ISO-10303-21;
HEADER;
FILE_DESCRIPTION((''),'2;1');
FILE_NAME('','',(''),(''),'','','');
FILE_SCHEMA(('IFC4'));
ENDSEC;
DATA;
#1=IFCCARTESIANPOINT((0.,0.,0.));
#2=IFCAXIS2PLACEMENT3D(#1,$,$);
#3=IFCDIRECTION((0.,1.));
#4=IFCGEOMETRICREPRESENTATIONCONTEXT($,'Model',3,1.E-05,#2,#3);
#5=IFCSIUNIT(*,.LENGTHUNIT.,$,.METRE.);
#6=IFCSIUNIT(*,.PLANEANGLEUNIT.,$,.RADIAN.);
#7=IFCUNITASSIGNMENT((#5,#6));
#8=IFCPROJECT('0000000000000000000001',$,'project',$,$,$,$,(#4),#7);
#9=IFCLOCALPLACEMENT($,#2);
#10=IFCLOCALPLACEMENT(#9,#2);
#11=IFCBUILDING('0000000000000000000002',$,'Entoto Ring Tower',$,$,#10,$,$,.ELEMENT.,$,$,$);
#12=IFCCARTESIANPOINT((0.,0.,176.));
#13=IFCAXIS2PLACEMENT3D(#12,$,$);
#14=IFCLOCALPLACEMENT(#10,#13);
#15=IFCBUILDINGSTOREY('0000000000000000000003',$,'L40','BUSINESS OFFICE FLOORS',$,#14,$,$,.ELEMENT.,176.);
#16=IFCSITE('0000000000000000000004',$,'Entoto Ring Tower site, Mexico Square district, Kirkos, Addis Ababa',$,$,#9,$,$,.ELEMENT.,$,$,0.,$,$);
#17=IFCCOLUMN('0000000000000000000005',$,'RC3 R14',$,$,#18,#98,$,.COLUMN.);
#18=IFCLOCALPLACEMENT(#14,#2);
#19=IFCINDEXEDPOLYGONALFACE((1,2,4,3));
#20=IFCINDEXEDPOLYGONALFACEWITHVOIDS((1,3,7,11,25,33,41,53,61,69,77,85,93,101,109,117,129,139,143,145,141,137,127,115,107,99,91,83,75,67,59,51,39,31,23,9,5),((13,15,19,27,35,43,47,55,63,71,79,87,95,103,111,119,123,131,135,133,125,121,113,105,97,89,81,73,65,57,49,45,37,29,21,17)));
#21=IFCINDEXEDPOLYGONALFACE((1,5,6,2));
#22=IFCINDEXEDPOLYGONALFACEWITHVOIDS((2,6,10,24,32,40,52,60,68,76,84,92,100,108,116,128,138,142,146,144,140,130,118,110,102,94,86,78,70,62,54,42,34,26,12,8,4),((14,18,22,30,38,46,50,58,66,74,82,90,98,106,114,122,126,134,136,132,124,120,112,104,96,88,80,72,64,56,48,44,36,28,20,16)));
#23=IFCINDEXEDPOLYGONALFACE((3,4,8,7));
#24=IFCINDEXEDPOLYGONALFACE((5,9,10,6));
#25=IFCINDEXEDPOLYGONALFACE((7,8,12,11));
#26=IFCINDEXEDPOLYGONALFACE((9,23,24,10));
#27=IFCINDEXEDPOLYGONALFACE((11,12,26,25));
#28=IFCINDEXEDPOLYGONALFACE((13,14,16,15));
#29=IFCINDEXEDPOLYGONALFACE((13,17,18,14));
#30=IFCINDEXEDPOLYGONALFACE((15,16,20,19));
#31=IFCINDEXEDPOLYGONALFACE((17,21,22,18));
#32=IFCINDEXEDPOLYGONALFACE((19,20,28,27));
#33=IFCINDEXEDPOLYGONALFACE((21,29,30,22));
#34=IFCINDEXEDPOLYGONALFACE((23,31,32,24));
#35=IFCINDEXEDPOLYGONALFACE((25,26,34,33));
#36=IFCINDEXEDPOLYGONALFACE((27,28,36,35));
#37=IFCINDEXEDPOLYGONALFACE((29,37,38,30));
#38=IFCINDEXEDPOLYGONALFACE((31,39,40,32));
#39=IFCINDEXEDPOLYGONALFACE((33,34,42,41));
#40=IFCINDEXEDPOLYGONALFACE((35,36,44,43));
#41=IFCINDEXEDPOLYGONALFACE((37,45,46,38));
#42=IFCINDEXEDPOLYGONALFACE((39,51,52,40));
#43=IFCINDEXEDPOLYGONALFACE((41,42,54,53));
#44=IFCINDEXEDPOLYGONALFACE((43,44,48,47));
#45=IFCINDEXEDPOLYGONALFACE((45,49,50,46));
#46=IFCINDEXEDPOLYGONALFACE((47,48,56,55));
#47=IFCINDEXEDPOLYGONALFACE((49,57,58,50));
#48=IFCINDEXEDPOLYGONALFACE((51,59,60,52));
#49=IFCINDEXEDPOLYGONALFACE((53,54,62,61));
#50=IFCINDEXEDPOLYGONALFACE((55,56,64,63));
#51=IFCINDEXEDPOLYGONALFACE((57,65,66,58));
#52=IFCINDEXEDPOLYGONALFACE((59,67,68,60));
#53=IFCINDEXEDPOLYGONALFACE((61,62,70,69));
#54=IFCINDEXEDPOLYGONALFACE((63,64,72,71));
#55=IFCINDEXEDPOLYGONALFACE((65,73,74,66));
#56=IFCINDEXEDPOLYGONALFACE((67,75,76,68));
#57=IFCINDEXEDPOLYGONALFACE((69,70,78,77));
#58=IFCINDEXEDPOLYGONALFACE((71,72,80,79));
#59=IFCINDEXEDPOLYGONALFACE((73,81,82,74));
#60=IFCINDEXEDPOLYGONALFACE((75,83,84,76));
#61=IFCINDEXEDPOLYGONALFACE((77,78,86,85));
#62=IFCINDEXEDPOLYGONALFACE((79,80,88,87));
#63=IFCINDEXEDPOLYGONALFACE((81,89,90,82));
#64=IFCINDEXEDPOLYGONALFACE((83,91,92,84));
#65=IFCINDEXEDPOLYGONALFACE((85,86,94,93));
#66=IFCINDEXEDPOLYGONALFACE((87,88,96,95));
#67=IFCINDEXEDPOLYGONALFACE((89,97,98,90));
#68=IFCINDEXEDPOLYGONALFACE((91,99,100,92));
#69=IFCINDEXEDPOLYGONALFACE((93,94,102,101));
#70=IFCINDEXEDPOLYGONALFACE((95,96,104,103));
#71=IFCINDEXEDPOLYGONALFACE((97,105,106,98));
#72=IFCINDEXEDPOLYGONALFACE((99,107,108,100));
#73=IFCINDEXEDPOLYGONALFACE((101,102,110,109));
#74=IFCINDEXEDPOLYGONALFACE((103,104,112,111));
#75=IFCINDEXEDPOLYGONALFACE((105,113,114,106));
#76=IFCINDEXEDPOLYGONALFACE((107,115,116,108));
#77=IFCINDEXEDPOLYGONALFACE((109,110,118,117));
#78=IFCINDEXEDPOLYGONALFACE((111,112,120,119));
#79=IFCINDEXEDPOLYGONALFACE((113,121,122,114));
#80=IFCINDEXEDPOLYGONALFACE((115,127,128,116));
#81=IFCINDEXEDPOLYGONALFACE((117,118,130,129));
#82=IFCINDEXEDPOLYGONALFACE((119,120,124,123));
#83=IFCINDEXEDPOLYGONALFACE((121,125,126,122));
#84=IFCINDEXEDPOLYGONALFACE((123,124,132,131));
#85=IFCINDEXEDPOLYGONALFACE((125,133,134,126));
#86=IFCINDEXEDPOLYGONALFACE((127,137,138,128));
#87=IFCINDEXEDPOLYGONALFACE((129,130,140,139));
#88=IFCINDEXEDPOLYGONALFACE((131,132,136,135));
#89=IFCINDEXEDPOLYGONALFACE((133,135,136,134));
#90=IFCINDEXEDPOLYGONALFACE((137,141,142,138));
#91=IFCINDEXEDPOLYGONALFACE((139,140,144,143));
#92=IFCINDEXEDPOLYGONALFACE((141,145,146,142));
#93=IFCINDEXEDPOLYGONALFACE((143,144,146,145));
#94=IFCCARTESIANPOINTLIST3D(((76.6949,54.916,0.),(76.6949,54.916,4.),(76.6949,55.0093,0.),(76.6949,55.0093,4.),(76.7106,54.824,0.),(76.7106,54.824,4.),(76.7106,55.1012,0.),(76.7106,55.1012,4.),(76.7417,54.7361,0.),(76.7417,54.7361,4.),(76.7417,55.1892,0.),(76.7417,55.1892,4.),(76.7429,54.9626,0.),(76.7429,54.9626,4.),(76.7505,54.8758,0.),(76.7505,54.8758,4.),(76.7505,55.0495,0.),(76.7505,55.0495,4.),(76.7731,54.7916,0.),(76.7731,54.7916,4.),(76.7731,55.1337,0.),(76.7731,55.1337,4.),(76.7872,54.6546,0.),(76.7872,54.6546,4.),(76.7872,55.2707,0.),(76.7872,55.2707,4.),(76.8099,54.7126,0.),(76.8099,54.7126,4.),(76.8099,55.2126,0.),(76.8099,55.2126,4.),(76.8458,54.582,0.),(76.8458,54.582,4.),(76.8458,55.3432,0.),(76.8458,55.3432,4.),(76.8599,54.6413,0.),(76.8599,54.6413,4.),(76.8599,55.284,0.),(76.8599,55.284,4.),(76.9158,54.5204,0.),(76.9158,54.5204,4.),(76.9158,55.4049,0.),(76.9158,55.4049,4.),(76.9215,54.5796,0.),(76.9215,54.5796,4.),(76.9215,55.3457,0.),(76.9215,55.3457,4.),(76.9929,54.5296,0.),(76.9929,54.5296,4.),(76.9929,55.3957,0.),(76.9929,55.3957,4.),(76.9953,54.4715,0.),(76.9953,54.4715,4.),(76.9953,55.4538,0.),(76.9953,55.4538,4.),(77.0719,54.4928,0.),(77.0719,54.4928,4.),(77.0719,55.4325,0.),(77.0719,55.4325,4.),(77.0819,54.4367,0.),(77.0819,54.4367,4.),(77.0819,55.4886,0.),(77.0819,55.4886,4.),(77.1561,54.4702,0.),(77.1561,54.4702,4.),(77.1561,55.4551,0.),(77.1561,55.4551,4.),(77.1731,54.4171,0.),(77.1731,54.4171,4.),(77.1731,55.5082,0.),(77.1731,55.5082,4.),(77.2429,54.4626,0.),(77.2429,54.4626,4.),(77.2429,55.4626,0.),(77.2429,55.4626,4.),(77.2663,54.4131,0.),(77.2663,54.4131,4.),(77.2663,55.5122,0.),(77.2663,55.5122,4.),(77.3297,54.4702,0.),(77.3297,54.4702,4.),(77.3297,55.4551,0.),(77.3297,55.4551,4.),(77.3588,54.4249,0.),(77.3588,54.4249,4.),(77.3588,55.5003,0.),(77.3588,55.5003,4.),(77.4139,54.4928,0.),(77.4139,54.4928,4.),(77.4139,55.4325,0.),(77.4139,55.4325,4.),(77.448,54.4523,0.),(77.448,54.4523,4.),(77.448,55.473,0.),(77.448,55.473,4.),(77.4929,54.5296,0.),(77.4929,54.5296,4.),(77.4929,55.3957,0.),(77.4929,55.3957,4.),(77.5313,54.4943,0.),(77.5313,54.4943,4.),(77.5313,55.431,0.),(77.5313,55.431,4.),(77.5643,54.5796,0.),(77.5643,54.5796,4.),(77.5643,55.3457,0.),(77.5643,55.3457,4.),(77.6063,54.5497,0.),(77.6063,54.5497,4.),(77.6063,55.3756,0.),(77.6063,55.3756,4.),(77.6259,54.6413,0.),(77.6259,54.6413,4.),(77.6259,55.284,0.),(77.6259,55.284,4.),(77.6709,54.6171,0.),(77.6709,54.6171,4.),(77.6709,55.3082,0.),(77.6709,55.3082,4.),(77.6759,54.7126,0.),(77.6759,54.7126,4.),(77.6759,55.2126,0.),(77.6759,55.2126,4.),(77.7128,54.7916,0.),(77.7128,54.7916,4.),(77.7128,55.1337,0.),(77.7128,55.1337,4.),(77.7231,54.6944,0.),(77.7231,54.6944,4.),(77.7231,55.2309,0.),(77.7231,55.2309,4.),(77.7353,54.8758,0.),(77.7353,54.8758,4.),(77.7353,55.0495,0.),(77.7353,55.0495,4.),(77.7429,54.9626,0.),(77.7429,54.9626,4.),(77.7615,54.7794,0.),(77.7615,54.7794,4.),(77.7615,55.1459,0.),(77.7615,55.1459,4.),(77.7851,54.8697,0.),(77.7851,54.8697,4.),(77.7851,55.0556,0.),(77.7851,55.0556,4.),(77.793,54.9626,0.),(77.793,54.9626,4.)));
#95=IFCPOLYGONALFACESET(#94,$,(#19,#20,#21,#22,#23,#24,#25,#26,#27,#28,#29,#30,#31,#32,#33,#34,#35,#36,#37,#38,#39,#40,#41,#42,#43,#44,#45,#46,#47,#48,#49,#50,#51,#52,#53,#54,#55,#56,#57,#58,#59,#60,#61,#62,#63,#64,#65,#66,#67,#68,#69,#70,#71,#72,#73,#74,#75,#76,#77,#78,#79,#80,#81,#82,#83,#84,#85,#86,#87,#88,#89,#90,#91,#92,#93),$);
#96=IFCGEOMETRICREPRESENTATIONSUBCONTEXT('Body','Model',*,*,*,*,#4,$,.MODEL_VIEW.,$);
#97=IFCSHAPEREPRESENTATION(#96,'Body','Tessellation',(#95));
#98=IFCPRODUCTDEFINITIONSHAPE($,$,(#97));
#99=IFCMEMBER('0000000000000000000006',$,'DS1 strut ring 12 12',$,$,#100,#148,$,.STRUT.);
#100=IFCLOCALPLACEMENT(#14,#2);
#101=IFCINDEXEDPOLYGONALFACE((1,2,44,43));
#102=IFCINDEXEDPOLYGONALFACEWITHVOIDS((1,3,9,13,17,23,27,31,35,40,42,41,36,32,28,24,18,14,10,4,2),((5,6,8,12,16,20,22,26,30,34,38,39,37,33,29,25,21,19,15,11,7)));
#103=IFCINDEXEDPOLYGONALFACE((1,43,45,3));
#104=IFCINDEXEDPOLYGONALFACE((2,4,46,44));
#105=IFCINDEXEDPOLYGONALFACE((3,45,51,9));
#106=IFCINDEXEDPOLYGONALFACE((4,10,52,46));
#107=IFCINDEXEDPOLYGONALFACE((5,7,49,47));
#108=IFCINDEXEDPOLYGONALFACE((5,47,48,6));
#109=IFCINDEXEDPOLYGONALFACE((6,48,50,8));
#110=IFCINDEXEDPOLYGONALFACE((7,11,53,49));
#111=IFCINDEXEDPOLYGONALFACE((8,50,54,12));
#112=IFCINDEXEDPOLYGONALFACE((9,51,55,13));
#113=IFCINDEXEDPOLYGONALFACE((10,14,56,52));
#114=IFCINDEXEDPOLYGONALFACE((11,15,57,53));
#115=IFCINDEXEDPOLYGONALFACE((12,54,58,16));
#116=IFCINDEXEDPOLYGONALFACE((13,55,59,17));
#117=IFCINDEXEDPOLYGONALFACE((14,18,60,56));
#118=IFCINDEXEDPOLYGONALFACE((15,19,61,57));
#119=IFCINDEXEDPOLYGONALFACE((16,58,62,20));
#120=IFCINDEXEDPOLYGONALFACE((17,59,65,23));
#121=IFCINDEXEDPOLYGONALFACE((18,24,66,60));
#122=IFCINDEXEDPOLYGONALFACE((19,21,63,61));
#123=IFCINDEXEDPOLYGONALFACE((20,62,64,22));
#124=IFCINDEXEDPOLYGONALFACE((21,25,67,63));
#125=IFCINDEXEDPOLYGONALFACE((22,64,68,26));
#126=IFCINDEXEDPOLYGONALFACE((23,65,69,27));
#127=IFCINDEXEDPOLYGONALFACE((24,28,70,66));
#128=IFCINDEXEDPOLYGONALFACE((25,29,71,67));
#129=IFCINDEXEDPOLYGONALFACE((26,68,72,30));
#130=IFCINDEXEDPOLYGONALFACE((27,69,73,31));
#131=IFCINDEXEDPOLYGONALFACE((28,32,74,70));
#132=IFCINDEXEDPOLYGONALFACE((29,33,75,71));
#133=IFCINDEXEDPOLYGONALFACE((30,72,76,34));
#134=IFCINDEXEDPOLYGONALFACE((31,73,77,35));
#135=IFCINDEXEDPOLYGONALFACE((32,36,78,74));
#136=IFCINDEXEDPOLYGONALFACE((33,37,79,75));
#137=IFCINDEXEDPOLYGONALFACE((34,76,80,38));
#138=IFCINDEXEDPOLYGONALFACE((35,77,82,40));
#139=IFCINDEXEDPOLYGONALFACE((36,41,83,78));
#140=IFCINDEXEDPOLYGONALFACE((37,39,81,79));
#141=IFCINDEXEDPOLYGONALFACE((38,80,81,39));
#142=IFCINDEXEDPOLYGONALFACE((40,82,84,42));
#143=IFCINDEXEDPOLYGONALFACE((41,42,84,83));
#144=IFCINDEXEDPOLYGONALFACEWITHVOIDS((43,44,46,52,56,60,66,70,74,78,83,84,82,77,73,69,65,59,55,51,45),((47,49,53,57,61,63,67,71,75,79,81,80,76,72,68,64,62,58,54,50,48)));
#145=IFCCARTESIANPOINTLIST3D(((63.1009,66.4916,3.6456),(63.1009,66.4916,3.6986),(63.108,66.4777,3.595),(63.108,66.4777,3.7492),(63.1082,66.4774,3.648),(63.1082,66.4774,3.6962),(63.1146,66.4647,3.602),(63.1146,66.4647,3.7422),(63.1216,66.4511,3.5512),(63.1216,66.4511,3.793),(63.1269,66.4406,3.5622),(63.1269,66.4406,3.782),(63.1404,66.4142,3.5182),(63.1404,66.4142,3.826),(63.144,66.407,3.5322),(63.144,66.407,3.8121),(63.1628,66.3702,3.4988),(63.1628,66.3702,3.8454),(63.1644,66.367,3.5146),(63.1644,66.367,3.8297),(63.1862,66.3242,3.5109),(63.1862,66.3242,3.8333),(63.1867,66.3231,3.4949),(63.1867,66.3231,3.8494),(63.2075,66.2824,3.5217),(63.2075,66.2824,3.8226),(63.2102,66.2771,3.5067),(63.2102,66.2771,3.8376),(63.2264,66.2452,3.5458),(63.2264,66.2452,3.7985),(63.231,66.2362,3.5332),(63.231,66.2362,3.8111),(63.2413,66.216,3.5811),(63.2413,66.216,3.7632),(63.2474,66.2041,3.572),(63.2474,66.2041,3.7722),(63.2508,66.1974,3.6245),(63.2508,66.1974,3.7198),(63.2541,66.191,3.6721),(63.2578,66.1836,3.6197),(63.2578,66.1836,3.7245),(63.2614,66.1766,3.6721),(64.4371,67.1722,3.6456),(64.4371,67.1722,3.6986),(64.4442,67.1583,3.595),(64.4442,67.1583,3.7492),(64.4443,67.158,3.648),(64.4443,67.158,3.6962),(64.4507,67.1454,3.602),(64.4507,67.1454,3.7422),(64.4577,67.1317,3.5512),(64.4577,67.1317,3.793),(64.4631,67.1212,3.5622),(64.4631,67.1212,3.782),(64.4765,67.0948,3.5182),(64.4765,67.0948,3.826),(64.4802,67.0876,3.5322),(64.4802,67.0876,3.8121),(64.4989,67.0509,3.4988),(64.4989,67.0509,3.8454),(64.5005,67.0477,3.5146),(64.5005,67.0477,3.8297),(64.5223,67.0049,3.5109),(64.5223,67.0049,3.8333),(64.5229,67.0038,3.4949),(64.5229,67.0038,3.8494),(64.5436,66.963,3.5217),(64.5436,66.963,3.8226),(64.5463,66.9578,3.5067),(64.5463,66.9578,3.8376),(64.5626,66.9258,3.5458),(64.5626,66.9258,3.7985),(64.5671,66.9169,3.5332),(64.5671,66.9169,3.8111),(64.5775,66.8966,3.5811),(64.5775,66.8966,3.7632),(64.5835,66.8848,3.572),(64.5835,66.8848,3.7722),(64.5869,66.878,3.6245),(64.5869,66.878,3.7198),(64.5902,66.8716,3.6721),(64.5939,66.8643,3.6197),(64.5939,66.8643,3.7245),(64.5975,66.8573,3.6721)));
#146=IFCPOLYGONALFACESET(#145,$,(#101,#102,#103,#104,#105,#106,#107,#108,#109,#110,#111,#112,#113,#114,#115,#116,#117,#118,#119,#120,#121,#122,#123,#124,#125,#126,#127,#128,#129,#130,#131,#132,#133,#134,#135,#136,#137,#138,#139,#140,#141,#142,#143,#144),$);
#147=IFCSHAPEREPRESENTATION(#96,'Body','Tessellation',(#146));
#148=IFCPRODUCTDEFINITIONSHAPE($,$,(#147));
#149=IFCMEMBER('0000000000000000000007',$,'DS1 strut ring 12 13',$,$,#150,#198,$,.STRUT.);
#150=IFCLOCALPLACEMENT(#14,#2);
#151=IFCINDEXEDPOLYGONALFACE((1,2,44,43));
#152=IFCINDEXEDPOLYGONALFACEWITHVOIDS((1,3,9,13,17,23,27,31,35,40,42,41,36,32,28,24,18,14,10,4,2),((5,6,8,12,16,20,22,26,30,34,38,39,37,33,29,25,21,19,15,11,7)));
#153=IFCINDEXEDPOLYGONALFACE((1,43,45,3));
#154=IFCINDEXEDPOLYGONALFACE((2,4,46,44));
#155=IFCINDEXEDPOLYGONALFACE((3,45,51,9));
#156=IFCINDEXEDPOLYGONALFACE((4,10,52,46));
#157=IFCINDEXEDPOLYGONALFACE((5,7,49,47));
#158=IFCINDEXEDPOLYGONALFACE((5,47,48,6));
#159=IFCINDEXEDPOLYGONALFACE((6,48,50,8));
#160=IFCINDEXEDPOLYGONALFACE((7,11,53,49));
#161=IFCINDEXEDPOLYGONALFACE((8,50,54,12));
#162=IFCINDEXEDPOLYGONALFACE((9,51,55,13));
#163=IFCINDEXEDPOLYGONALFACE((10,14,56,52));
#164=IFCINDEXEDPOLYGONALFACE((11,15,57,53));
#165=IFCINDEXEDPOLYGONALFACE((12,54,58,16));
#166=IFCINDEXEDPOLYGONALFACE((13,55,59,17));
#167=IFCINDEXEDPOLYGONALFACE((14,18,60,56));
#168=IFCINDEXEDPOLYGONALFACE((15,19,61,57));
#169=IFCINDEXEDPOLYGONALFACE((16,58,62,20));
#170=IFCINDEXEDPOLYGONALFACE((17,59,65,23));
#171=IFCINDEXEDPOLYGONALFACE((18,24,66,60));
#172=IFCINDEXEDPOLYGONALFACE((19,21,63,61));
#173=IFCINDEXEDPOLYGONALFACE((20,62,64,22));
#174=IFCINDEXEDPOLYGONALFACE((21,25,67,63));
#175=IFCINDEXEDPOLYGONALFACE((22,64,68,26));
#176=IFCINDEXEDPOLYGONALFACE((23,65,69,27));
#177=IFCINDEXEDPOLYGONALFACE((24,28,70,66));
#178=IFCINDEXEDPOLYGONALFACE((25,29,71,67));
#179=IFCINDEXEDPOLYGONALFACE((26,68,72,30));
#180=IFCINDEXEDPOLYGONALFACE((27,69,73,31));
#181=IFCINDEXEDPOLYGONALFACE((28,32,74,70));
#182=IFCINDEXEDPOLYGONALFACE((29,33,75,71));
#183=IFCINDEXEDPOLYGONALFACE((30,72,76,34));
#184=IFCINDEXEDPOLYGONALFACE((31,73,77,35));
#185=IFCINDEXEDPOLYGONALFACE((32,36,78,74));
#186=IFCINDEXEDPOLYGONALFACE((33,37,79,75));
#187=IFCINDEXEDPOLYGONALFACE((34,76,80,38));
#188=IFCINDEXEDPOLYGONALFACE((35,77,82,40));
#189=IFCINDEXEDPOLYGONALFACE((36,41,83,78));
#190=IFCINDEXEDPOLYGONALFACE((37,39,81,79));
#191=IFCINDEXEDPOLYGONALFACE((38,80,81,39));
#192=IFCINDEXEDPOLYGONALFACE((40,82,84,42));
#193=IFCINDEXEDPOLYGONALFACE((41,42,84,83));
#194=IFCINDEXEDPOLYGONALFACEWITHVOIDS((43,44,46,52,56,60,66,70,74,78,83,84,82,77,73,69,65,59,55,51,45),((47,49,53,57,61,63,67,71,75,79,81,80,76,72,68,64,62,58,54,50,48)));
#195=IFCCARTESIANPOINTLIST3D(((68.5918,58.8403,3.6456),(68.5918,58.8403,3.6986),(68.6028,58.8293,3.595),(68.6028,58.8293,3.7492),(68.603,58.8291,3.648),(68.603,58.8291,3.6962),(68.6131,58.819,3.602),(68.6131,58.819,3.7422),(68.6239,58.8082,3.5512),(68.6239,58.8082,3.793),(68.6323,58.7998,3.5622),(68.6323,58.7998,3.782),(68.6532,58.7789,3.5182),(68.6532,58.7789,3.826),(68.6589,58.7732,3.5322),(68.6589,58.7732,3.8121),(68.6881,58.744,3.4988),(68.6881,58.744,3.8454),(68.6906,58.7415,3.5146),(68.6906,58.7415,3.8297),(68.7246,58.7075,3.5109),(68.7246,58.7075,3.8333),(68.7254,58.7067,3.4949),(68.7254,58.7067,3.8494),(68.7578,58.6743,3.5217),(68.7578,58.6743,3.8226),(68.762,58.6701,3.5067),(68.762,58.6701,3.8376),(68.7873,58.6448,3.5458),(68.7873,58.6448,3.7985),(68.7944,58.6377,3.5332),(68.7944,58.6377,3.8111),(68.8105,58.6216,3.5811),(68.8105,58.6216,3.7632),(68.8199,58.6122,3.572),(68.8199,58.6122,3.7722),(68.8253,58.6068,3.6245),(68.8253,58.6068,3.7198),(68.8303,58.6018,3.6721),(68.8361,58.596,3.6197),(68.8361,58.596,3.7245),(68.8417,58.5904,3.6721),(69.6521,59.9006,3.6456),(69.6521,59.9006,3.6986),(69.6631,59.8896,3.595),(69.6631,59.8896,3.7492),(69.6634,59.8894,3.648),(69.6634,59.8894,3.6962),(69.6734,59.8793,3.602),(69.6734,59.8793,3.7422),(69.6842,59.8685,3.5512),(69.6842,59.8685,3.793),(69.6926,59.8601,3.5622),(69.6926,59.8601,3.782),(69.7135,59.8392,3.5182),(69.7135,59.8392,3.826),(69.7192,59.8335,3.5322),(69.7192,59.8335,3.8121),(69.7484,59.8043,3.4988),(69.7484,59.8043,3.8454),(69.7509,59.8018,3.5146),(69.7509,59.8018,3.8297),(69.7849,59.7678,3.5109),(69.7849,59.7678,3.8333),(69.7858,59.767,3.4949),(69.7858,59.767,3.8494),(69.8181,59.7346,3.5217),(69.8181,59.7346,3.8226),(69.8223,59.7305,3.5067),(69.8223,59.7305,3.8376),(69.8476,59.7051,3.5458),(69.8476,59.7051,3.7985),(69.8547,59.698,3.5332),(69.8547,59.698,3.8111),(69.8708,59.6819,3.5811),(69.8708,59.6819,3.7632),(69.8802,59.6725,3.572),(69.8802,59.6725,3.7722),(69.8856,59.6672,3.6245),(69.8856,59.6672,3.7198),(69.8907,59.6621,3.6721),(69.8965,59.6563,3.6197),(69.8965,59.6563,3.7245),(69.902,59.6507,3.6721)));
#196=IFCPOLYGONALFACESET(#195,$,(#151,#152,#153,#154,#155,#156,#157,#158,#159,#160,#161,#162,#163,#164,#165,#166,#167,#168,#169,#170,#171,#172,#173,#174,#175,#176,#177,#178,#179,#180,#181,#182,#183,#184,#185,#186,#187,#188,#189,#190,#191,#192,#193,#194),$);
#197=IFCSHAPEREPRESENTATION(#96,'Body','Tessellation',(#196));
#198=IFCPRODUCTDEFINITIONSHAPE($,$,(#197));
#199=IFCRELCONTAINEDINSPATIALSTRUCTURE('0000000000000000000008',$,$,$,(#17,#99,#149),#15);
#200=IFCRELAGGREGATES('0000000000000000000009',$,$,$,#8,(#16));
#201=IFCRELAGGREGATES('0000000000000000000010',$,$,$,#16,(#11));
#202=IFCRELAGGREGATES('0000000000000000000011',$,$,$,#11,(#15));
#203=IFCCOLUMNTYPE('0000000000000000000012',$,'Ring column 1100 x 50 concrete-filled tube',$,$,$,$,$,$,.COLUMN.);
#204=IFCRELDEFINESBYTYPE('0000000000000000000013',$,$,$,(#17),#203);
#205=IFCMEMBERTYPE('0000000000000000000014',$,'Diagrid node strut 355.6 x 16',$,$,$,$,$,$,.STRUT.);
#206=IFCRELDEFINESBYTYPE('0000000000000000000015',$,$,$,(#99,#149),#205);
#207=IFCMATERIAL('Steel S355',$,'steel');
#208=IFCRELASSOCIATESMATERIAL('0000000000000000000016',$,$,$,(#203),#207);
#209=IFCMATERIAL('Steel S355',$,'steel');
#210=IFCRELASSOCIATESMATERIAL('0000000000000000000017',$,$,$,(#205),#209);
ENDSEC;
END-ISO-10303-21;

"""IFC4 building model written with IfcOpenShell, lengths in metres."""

from ifc_helpers import new_model, si_unit, direction, frame, origin, origin_2d, place, context, subcontext, project, spatial, circle, hollow_circle, extrude, material, material_profile, profile_set, type_object, element, save


model = new_model("IFC4")

# Units and contexts
model_context = context("Model", 3, precision=1e-05, world=origin(), true_north=direction((0.0, 1.0)))
body_context = subcontext(model_context, "Body", "Model", "MODEL_VIEW")
ifc_project = project(units=[si_unit("LENGTHUNIT", "METRE"), si_unit("PLANEANGLEUNIT", "RADIAN")], contexts=[model_context])

# Site, building, storey
site_placement = place(None, origin())
site = spatial("IfcSite", under=ifc_project, at=site_placement, Name="Entoto Ring Tower site, Mexico Square district, Kirkos, Addis Ababa", CompositionType="ELEMENT", RefElevation=0.0)
building_placement = place(site_placement, origin())
building = spatial("IfcBuilding", under=site, at=building_placement, Name="Entoto Ring Tower", CompositionType="ELEMENT")
storey_placement = place(building_placement, frame((0.0, 0.0, 176.0)))
storey = spatial("IfcBuildingStorey", under=building, at=storey_placement, Name="L40", Description="BUSINESS OFFICE FLOORS", CompositionType="ELEMENT", Elevation=176.0)

# Column
ifc_material_1 = material(Name="Steel S355", Category="steel")
ifc_material_profile_1 = material_profile(ifc_material_1, hollow_circle(Radius=0.55, WallThickness=0.05, at=origin_2d()), Name="CHS 1100 x 50")
ifc_material_2 = material(Name="Concrete C60/75", Category="concrete")
ifc_material_profile_2 = material_profile(ifc_material_2, circle(Radius=0.5, at=origin_2d()), Name="Concrete C60/75 infill")
ifc_profile_set_1 = profile_set([ifc_material_profile_1, ifc_material_profile_2], Name="Steel S355")
column_type = type_object("IfcColumnType", Name="Ring column 1100 x 50 concrete-filled tube", PredefinedType="COLUMN", material=ifc_profile_set_1)
for number, where, z_axis, x_axis, name in (
    (1, (77.2429, 54.9626, 0.0), (0.0, 0.0, 1.0), (1.0, 0.0, 0.0), "RC3 R14"),
):
    element("IfcColumn", number, at=place(storey_placement, frame(where, z_axis=z_axis, x_axis=x_axis)), inside=storey, type_object=column_type, Name=name, PredefinedType="COLUMN", context=body_context, shape_type="SweptSolid", body=[
        extrude(hollow_circle(Radius=0.55, WallThickness=0.05, at=origin_2d()), origin(), (0.0, 0.0, 1.0), 4.0),
    ])

# Members
ifc_material_3 = material(Name="Steel S355", Category="steel")
ifc_material_profile_3 = material_profile(ifc_material_3, hollow_circle(Radius=0.1777, WallThickness=0.0161, at=origin_2d()), Name="CHS 355.6 x 16")
ifc_material_4 = material(Name="Concrete C60/75", Category="concrete")
ifc_material_profile_4 = material_profile(ifc_material_4, circle(Radius=0.1619, at=origin_2d()), Name="Concrete C60/75 infill")
ifc_profile_set_2 = profile_set([ifc_material_profile_3, ifc_material_profile_4], Name="Steel S355")
member_type = type_object("IfcMemberType", Name="Diagrid node strut 355.6 x 16", PredefinedType="STRUT", material=ifc_profile_set_2)
for number, where, z_axis, x_axis, name in (
    (2, (64.5168, 67.0156, 3.6721), (-0.891048, -0.453909, 0.0), (0.453909, -0.891048, 0.0), "DS1 strut ring 12 12"),
    (3, (69.7764, 59.7764, 3.6721), (-0.707107, -0.707107, 0.0), (0.707107, -0.707107, 0.0), "DS1 strut ring 12 13"),
):
    element("IfcMember", number, at=place(storey_placement, frame(where, z_axis=z_axis, x_axis=x_axis)), inside=storey, type_object=member_type, Name=name, PredefinedType="STRUT", context=body_context, shape_type="SweptSolid", body=[
        extrude(hollow_circle(Radius=0.1777, WallThickness=0.0161, at=origin_2d()), origin(), (0.0, 0.0, 1.0), 1.4995),
    ])

save(model, "model.ifc")
